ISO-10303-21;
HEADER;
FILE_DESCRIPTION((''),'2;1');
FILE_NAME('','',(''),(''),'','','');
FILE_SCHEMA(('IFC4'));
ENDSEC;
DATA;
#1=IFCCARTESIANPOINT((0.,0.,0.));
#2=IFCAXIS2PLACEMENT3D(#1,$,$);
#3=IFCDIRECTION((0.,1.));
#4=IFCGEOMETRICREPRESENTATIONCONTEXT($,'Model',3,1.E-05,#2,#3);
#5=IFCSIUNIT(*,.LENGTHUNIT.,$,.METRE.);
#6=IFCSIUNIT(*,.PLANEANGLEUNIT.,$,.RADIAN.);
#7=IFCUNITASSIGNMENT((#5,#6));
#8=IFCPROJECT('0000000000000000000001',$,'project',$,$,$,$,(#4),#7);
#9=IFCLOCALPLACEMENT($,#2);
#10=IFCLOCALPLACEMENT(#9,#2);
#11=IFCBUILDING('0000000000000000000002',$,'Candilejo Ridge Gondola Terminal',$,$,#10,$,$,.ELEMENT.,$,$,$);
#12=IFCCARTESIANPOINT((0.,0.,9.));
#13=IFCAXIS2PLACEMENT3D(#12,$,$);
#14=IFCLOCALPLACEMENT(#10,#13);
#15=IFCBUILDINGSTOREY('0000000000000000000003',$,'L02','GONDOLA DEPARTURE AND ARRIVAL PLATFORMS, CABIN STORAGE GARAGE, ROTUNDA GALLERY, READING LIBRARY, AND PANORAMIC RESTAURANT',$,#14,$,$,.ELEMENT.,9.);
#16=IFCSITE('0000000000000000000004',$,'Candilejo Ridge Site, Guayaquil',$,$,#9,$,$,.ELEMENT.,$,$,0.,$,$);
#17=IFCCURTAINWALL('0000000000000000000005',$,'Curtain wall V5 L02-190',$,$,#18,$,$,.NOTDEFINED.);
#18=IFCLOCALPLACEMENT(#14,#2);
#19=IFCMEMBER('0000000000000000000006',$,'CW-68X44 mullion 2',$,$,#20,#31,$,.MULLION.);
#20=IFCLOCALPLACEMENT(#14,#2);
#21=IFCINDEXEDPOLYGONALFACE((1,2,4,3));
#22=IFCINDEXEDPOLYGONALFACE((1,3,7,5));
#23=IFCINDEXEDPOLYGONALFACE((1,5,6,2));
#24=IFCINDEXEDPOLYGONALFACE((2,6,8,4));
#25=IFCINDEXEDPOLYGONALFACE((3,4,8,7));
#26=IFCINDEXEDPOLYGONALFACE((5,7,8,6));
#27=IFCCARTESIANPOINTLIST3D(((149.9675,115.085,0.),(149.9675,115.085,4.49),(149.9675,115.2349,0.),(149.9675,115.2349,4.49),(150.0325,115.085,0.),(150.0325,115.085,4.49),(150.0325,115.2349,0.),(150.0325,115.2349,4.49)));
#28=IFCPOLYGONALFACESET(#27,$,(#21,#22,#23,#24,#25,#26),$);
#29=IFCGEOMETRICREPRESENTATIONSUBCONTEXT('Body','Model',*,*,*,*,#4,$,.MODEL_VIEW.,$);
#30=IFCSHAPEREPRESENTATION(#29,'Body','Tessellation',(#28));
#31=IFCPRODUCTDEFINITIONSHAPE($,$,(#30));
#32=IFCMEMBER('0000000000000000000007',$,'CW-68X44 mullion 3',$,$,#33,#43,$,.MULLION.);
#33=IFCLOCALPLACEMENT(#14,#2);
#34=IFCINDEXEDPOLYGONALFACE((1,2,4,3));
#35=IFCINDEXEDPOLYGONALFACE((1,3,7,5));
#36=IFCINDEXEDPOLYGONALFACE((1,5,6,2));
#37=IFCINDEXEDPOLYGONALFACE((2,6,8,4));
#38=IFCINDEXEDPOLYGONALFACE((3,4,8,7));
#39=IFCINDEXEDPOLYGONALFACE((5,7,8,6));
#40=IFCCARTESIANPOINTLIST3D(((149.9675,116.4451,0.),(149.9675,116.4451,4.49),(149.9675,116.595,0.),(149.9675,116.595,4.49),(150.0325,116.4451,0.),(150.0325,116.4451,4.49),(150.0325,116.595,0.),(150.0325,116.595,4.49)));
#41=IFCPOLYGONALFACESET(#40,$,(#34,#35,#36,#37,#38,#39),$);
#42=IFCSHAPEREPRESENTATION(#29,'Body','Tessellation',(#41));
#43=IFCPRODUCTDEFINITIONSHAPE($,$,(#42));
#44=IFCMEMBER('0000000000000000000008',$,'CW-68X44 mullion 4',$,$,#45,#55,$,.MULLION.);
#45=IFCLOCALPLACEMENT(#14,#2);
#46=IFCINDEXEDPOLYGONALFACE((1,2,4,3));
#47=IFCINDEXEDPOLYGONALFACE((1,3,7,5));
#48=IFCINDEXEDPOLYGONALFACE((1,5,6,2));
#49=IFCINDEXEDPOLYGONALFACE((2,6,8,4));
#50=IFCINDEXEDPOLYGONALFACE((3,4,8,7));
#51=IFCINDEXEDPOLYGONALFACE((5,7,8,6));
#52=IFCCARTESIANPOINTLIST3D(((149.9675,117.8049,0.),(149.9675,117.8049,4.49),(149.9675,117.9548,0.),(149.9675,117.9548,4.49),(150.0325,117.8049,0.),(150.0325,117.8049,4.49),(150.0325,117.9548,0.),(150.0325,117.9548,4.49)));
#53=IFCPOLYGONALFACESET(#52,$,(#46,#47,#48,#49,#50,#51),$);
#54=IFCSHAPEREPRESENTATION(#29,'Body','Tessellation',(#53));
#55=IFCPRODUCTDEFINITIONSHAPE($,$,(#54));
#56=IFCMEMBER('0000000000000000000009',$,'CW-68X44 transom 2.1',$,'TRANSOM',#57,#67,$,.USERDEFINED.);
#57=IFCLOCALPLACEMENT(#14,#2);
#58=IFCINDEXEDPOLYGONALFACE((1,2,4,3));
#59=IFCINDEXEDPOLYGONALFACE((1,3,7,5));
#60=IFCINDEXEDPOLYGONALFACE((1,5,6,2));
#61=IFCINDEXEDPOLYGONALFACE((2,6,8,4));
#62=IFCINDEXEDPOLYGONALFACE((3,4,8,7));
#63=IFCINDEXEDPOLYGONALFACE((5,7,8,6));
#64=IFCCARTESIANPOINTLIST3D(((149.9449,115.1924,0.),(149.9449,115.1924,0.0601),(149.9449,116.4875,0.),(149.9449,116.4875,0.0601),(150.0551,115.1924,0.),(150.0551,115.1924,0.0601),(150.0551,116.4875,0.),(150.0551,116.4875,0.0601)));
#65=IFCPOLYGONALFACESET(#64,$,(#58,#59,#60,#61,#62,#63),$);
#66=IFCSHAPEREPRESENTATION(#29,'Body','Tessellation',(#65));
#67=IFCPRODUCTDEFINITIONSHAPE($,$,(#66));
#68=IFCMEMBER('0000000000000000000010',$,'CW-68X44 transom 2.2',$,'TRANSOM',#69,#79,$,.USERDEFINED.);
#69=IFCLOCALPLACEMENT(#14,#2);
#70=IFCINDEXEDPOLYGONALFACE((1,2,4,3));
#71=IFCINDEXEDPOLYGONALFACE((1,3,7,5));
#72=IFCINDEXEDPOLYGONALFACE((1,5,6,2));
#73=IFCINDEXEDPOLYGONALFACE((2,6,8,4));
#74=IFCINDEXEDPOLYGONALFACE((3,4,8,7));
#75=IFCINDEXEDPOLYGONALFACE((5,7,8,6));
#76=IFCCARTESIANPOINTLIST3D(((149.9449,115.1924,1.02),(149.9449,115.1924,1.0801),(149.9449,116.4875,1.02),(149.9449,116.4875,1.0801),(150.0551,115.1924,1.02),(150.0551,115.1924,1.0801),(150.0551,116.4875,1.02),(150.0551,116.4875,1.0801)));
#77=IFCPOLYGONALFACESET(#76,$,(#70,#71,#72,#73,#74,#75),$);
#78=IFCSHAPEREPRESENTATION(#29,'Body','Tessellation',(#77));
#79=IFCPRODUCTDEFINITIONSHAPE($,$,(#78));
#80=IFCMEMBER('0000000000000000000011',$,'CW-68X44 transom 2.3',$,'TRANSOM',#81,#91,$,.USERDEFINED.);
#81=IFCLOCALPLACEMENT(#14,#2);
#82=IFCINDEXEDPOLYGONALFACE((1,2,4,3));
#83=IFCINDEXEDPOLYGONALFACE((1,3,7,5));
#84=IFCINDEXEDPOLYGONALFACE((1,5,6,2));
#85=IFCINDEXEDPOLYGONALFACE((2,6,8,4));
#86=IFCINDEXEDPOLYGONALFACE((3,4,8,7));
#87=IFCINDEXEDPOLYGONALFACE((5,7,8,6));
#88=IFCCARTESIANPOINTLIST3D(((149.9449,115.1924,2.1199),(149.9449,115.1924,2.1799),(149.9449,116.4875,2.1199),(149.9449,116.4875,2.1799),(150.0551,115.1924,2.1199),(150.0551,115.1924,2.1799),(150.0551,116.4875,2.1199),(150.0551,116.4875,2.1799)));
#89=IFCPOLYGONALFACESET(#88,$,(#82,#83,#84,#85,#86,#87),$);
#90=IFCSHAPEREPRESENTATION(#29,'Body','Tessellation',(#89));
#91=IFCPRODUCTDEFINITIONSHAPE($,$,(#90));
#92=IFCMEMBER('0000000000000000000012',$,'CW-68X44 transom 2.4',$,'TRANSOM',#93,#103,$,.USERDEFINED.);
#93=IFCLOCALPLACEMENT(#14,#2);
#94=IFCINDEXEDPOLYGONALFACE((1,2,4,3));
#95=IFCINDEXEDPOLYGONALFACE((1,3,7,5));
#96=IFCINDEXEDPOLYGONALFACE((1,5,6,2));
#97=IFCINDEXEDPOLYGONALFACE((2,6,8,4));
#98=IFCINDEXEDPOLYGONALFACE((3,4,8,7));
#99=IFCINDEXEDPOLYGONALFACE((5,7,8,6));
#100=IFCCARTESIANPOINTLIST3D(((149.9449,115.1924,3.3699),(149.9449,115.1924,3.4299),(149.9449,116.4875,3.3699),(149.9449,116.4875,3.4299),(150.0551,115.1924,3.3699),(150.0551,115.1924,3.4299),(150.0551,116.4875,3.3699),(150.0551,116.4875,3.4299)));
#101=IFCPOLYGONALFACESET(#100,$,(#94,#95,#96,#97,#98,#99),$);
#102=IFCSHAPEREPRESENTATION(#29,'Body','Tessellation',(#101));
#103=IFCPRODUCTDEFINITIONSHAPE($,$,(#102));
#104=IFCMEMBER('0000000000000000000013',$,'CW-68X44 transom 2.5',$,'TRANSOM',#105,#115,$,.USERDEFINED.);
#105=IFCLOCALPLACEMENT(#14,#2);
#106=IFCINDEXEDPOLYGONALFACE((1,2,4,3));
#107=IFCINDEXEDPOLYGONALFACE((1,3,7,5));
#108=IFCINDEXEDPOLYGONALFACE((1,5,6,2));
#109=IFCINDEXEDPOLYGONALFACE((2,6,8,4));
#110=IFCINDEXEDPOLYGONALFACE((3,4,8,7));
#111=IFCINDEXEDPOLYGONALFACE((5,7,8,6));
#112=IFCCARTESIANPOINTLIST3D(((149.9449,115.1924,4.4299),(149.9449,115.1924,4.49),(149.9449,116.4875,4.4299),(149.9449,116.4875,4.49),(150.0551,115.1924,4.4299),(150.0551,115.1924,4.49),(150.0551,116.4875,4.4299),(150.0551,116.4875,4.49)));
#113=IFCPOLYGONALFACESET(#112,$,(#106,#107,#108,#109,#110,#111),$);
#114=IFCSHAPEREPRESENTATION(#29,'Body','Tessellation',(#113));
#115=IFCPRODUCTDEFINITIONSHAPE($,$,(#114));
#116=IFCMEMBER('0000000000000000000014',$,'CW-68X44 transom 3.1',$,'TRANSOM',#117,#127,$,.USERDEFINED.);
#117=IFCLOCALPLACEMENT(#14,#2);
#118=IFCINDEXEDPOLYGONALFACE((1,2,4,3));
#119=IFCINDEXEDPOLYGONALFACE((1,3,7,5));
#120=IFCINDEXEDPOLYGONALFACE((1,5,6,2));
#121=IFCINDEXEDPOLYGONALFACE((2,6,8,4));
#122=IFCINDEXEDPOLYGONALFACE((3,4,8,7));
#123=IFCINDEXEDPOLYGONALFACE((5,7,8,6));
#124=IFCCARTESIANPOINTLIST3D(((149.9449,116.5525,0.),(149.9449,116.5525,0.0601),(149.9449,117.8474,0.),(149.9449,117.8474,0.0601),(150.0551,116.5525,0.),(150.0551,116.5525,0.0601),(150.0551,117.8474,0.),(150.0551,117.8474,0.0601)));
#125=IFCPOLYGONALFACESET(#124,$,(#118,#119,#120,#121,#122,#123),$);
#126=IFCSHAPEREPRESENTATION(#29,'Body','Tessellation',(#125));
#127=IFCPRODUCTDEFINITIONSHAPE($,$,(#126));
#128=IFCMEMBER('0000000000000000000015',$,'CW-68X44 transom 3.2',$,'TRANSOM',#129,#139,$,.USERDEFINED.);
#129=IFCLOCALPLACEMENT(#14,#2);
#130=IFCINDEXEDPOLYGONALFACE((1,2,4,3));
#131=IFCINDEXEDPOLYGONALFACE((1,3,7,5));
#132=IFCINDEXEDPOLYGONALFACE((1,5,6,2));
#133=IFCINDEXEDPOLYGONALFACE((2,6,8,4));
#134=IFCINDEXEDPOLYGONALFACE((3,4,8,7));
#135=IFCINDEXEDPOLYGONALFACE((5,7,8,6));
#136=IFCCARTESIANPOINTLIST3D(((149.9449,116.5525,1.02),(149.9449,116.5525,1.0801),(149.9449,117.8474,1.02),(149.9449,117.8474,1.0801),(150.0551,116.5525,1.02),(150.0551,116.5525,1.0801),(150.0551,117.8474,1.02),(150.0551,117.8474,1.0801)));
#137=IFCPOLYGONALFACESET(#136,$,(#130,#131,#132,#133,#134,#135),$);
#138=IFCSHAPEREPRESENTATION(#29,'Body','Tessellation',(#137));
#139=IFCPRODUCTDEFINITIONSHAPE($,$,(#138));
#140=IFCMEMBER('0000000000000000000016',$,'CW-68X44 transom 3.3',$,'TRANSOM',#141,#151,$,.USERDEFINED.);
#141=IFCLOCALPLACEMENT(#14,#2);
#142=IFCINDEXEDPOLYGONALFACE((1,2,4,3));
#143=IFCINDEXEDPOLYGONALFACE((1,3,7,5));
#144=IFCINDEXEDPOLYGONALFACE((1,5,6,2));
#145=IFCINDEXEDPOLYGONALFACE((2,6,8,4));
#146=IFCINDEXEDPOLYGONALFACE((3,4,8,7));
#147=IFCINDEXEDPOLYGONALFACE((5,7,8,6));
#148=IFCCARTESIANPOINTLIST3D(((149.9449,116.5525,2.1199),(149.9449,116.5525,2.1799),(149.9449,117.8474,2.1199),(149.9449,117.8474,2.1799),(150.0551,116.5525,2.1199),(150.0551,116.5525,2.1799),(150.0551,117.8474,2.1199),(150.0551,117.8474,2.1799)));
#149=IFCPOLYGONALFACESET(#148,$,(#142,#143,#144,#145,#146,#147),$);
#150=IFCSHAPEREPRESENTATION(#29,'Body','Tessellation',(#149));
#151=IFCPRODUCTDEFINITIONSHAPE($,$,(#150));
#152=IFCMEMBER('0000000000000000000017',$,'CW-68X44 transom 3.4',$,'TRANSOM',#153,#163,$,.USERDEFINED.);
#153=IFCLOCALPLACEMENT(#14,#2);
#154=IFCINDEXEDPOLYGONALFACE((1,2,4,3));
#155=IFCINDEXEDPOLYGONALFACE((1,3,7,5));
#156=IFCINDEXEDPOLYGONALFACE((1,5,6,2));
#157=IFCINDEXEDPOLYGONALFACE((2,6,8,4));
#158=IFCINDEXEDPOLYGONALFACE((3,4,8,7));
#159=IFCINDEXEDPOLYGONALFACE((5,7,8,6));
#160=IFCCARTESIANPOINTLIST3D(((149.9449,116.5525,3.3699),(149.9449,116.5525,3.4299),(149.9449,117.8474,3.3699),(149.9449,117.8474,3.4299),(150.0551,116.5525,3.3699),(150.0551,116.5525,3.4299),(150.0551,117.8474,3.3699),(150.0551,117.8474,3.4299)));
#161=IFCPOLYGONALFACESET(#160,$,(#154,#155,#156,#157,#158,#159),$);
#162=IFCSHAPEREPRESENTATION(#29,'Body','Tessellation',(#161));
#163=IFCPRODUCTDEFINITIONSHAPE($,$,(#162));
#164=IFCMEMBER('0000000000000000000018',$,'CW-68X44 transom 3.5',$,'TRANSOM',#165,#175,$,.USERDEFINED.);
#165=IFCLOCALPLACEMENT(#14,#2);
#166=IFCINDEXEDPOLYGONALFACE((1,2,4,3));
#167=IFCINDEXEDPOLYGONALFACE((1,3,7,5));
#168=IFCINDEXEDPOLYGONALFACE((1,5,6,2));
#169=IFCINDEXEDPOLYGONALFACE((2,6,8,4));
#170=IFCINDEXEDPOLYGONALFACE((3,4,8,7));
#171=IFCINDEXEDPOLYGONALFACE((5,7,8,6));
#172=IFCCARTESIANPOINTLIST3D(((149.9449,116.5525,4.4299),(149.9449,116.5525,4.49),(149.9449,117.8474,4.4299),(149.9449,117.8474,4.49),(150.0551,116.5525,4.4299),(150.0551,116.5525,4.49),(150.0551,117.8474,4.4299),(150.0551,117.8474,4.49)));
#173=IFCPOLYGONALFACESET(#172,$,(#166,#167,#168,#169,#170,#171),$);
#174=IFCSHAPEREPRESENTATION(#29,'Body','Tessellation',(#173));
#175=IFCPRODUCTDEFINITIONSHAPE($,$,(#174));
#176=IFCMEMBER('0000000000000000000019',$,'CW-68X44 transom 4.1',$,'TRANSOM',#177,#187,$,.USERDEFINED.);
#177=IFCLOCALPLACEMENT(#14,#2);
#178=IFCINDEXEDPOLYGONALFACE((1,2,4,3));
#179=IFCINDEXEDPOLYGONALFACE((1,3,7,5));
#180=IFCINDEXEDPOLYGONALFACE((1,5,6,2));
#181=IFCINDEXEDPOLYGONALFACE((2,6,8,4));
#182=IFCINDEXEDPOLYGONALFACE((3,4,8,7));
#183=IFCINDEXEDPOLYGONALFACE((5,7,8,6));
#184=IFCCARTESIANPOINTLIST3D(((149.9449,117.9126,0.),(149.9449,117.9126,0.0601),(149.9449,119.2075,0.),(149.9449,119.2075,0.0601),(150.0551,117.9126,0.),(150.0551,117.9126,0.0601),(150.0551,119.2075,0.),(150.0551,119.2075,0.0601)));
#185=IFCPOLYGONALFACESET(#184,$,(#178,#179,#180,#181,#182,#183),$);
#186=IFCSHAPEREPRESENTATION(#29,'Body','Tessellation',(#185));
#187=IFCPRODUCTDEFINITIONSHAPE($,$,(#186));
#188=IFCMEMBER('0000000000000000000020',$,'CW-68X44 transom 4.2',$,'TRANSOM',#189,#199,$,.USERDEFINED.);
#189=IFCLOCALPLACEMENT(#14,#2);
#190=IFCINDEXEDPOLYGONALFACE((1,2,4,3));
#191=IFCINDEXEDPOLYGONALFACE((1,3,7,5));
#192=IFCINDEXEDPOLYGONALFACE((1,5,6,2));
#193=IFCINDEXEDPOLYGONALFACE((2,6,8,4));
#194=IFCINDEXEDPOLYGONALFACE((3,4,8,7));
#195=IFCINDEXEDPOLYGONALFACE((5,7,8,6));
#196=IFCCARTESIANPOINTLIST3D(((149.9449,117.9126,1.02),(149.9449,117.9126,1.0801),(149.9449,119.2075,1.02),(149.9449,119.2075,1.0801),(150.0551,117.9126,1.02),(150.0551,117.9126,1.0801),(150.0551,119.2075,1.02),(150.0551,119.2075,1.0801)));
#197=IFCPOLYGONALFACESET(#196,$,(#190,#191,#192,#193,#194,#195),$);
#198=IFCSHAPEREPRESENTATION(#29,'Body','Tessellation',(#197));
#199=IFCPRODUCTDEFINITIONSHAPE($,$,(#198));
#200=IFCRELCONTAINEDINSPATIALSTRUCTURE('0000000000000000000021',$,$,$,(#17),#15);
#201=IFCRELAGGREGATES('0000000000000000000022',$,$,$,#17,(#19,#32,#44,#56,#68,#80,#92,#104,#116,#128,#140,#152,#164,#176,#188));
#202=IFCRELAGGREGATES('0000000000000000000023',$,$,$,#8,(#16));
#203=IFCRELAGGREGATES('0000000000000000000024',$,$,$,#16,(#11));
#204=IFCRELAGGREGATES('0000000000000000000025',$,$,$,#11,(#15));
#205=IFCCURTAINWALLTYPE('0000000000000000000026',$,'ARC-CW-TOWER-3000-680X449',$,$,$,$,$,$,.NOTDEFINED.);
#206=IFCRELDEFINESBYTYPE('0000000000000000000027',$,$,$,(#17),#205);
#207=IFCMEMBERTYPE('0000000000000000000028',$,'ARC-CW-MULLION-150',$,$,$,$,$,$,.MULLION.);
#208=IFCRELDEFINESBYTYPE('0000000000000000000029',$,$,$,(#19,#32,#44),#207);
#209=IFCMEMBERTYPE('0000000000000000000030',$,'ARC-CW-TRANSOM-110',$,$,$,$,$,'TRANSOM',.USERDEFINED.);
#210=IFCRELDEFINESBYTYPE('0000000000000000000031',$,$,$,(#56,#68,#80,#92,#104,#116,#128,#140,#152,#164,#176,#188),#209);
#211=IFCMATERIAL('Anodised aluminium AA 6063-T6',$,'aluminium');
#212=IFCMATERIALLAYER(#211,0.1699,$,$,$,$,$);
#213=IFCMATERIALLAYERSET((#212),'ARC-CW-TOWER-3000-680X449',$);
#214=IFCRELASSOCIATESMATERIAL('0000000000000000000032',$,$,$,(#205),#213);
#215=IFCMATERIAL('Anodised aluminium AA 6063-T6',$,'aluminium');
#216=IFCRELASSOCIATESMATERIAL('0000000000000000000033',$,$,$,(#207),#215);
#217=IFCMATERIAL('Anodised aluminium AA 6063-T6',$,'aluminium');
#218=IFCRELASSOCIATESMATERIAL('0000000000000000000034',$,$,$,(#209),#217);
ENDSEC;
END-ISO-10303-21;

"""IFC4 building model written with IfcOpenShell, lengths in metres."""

from ifc_helpers import new_model, si_unit, direction, frame, origin, origin_2d, place, context, subcontext, project, spatial, rectangle, extrude, material, layer, layer_set, material_profile, profile_set, type_object, element, aggregate, save


model = new_model("IFC4")

# Units and contexts
model_context = context("Model", 3, precision=1e-05, world=origin(), true_north=direction((0.0, 1.0)))
body_context = subcontext(model_context, "Body", "Model", "MODEL_VIEW")
ifc_project = project(units=[si_unit("LENGTHUNIT", "METRE"), si_unit("PLANEANGLEUNIT", "RADIAN")], contexts=[model_context])

# Site, building, storey
site_placement = place(None, origin())
site = spatial("IfcSite", under=ifc_project, at=site_placement, Name="Candilejo Ridge Site, Guayaquil", CompositionType="ELEMENT", RefElevation=0.0)
building_placement = place(site_placement, origin())
building = spatial("IfcBuilding", under=site, at=building_placement, Name="Candilejo Ridge Gondola Terminal", CompositionType="ELEMENT")
storey_placement = place(building_placement, frame((0.0, 0.0, 9.0)))
storey = spatial("IfcBuildingStorey", under=building, at=storey_placement, Name="L02", Description="GONDOLA DEPARTURE AND ARRIVAL PLATFORMS, CABIN STORAGE GARAGE, ROTUNDA GALLERY, READING LIBRARY, AND PANORAMIC RESTAURANT", CompositionType="ELEMENT", Elevation=9.0)

# Curtain wall, members
ifc_material_1 = material(Name="Anodised aluminium AA 6063-T6", Category="aluminium")
ifc_layer_1 = layer(ifc_material_1, 0.1699)
ifc_layer_set_1 = layer_set([ifc_layer_1], Name="ARC-CW-TOWER-3000-680X449")
curtain_wall_type = type_object("IfcCurtainWallType", Name="ARC-CW-TOWER-3000-680X449", PredefinedType="NOTDEFINED", material=ifc_layer_set_1)
curtain_wall_placement = place(storey_placement, origin())
curtain_wall = element("IfcCurtainWall", 1, at=curtain_wall_placement, inside=storey, type_object=curtain_wall_type, Name="Curtain wall V5 L02-190", PredefinedType="NOTDEFINED")
ifc_material_2 = material(Name="Anodised aluminium AA 6063-T6", Category="aluminium")
ifc_material_profile_1 = material_profile(ifc_material_2, rectangle(XDim=0.0649, YDim=0.1499, at=origin_2d()))
ifc_profile_set_1 = profile_set([ifc_material_profile_1], Name="Anodised aluminium AA 6063-T6")
member_type_1 = type_object("IfcMemberType", Name="ARC-CW-MULLION-150", PredefinedType="MULLION", material=ifc_profile_set_1)
member_1_placement = place(storey_placement, frame((150.0, 115.1599, 0.0), z_axis=(0.0, 0.0, 1.0), x_axis=(-1.0, 0.0, 0.0)))
member_1 = element("IfcMember", 2, at=member_1_placement, type_object=member_type_1, Name="CW-68X44 mullion 2", PredefinedType="MULLION", context=body_context, shape_type="SweptSolid", body=[
    extrude(rectangle(XDim=0.0649, YDim=0.1499, at=origin_2d()), origin(), (0.0, 0.0, 1.0), 4.49),
])
member_2_placement = place(storey_placement, frame((150.0, 116.52, 0.0), z_axis=(0.0, 0.0, 1.0), x_axis=(-1.0, 0.0, 0.0)))
member_2 = element("IfcMember", 3, at=member_2_placement, type_object=member_type_1, Name="CW-68X44 mullion 3", PredefinedType="MULLION", context=body_context, shape_type="SweptSolid", body=[
    extrude(rectangle(XDim=0.0649, YDim=0.1499, at=origin_2d()), origin(), (0.0, 0.0, 1.0), 4.49),
])
member_3_placement = place(storey_placement, frame((150.0, 117.8799, 0.0), z_axis=(0.0, 0.0, 1.0), x_axis=(-1.0, 0.0, 0.0)))
member_3 = element("IfcMember", 4, at=member_3_placement, type_object=member_type_1, Name="CW-68X44 mullion 4", PredefinedType="MULLION", context=body_context, shape_type="SweptSolid", body=[
    extrude(rectangle(XDim=0.0649, YDim=0.1499, at=origin_2d()), origin(), (0.0, 0.0, 1.0), 4.49),
])
ifc_material_3 = material(Name="Anodised aluminium AA 6063-T6", Category="aluminium")
ifc_material_profile_2 = material_profile(ifc_material_3, rectangle(XDim=0.1101, YDim=0.0601, at=origin_2d()))
ifc_profile_set_2 = profile_set([ifc_material_profile_2], Name="Anodised aluminium AA 6063-T6")
member_type_2 = type_object("IfcMemberType", Name="ARC-CW-TRANSOM-110", ElementType="TRANSOM", PredefinedType="USERDEFINED", material=ifc_profile_set_2)
member_4_placement = place(storey_placement, frame((150.0, 115.1924, 0.03), z_axis=(0.0, 1.0, 0.0), x_axis=(-1.0, 0.0, 0.0)))
member_4 = element("IfcMember", 5, at=member_4_placement, type_object=member_type_2, Name="CW-68X44 transom 2.1", ObjectType="TRANSOM", PredefinedType="USERDEFINED", context=body_context, shape_type="SweptSolid", body=[
    extrude(rectangle(XDim=0.1101, YDim=0.0601, at=origin_2d()), origin(), (0.0, 0.0, 1.0), 1.2952),
])
member_5_placement = place(storey_placement, frame((150.0, 115.1924, 1.05), z_axis=(0.0, 1.0, 0.0), x_axis=(-1.0, 0.0, 0.0)))
member_5 = element("IfcMember", 6, at=member_5_placement, type_object=member_type_2, Name="CW-68X44 transom 2.2", ObjectType="TRANSOM", PredefinedType="USERDEFINED", context=body_context, shape_type="SweptSolid", body=[
    extrude(rectangle(XDim=0.1101, YDim=0.0601, at=origin_2d()), origin(), (0.0, 0.0, 1.0), 1.2952),
])
member_6_placement = place(storey_placement, frame((150.0, 115.1924, 2.1499), z_axis=(0.0, 1.0, 0.0), x_axis=(-1.0, 0.0, 0.0)))
member_6 = element("IfcMember", 7, at=member_6_placement, type_object=member_type_2, Name="CW-68X44 transom 2.3", ObjectType="TRANSOM", PredefinedType="USERDEFINED", context=body_context, shape_type="SweptSolid", body=[
    extrude(rectangle(XDim=0.1101, YDim=0.0601, at=origin_2d()), origin(), (0.0, 0.0, 1.0), 1.2952),
])
member_7_placement = place(storey_placement, frame((150.0, 115.1924, 3.3999), z_axis=(0.0, 1.0, 0.0), x_axis=(-1.0, 0.0, 0.0)))
member_7 = element("IfcMember", 8, at=member_7_placement, type_object=member_type_2, Name="CW-68X44 transom 2.4", ObjectType="TRANSOM", PredefinedType="USERDEFINED", context=body_context, shape_type="SweptSolid", body=[
    extrude(rectangle(XDim=0.1101, YDim=0.0601, at=origin_2d()), origin(), (0.0, 0.0, 1.0), 1.2952),
])
member_8_placement = place(storey_placement, frame((150.0, 115.1924, 4.46), z_axis=(0.0, 1.0, 0.0), x_axis=(-1.0, 0.0, 0.0)))
member_8 = element("IfcMember", 9, at=member_8_placement, type_object=member_type_2, Name="CW-68X44 transom 2.5", ObjectType="TRANSOM", PredefinedType="USERDEFINED", context=body_context, shape_type="SweptSolid", body=[
    extrude(rectangle(XDim=0.1101, YDim=0.0601, at=origin_2d()), origin(), (0.0, 0.0, 1.0), 1.2952),
])
member_9_placement = place(storey_placement, frame((150.0, 116.5525, 0.03), z_axis=(0.0, 1.0, 0.0), x_axis=(-1.0, 0.0, 0.0)))
member_9 = element("IfcMember", 10, at=member_9_placement, type_object=member_type_2, Name="CW-68X44 transom 3.1", ObjectType="TRANSOM", PredefinedType="USERDEFINED", context=body_context, shape_type="SweptSolid", body=[
    extrude(rectangle(XDim=0.1101, YDim=0.0601, at=origin_2d()), origin(), (0.0, 0.0, 1.0), 1.2949),
])
member_10_placement = place(storey_placement, frame((150.0, 116.5525, 1.05), z_axis=(0.0, 1.0, 0.0), x_axis=(-1.0, 0.0, 0.0)))
member_10 = element("IfcMember", 11, at=member_10_placement, type_object=member_type_2, Name="CW-68X44 transom 3.2", ObjectType="TRANSOM", PredefinedType="USERDEFINED", context=body_context, shape_type="SweptSolid", body=[
    extrude(rectangle(XDim=0.1101, YDim=0.0601, at=origin_2d()), origin(), (0.0, 0.0, 1.0), 1.2949),
])
member_11_placement = place(storey_placement, frame((150.0, 116.5525, 2.1499), z_axis=(0.0, 1.0, 0.0), x_axis=(-1.0, 0.0, 0.0)))
member_11 = element("IfcMember", 12, at=member_11_placement, type_object=member_type_2, Name="CW-68X44 transom 3.3", ObjectType="TRANSOM", PredefinedType="USERDEFINED", context=body_context, shape_type="SweptSolid", body=[
    extrude(rectangle(XDim=0.1101, YDim=0.0601, at=origin_2d()), origin(), (0.0, 0.0, 1.0), 1.2949),
])
member_12_placement = place(storey_placement, frame((150.0, 116.5525, 3.3999), z_axis=(0.0, 1.0, 0.0), x_axis=(-1.0, 0.0, 0.0)))
member_12 = element("IfcMember", 13, at=member_12_placement, type_object=member_type_2, Name="CW-68X44 transom 3.4", ObjectType="TRANSOM", PredefinedType="USERDEFINED", context=body_context, shape_type="SweptSolid", body=[
    extrude(rectangle(XDim=0.1101, YDim=0.0601, at=origin_2d()), origin(), (0.0, 0.0, 1.0), 1.2949),
])
member_13_placement = place(storey_placement, frame((150.0, 116.5525, 4.46), z_axis=(0.0, 1.0, 0.0), x_axis=(-1.0, 0.0, 0.0)))
member_13 = element("IfcMember", 14, at=member_13_placement, type_object=member_type_2, Name="CW-68X44 transom 3.5", ObjectType="TRANSOM", PredefinedType="USERDEFINED", context=body_context, shape_type="SweptSolid", body=[
    extrude(rectangle(XDim=0.1101, YDim=0.0601, at=origin_2d()), origin(), (0.0, 0.0, 1.0), 1.2949),
])
member_14_placement = place(storey_placement, frame((150.0, 117.9126, 0.03), z_axis=(0.0, 1.0, 0.0), x_axis=(-1.0, 0.0, 0.0)))
member_14 = element("IfcMember", 15, at=member_14_placement, type_object=member_type_2, Name="CW-68X44 transom 4.1", ObjectType="TRANSOM", PredefinedType="USERDEFINED", context=body_context, shape_type="SweptSolid", body=[
    extrude(rectangle(XDim=0.1101, YDim=0.0601, at=origin_2d()), origin(), (0.0, 0.0, 1.0), 1.2949),
])
member_15_placement = place(storey_placement, frame((150.0, 117.9126, 1.05), z_axis=(0.0, 1.0, 0.0), x_axis=(-1.0, 0.0, 0.0)))
member_15 = element("IfcMember", 16, at=member_15_placement, type_object=member_type_2, Name="CW-68X44 transom 4.2", ObjectType="TRANSOM", PredefinedType="USERDEFINED", context=body_context, shape_type="SweptSolid", body=[
    extrude(rectangle(XDim=0.1101, YDim=0.0601, at=origin_2d()), origin(), (0.0, 0.0, 1.0), 1.2949),
])
aggregate(curtain_wall, [member_1, member_2, member_3, member_4, member_5, member_6, member_7, member_8, member_9, member_10, member_11, member_12, member_13, member_14, member_15])

save(model, "model.ifc")
